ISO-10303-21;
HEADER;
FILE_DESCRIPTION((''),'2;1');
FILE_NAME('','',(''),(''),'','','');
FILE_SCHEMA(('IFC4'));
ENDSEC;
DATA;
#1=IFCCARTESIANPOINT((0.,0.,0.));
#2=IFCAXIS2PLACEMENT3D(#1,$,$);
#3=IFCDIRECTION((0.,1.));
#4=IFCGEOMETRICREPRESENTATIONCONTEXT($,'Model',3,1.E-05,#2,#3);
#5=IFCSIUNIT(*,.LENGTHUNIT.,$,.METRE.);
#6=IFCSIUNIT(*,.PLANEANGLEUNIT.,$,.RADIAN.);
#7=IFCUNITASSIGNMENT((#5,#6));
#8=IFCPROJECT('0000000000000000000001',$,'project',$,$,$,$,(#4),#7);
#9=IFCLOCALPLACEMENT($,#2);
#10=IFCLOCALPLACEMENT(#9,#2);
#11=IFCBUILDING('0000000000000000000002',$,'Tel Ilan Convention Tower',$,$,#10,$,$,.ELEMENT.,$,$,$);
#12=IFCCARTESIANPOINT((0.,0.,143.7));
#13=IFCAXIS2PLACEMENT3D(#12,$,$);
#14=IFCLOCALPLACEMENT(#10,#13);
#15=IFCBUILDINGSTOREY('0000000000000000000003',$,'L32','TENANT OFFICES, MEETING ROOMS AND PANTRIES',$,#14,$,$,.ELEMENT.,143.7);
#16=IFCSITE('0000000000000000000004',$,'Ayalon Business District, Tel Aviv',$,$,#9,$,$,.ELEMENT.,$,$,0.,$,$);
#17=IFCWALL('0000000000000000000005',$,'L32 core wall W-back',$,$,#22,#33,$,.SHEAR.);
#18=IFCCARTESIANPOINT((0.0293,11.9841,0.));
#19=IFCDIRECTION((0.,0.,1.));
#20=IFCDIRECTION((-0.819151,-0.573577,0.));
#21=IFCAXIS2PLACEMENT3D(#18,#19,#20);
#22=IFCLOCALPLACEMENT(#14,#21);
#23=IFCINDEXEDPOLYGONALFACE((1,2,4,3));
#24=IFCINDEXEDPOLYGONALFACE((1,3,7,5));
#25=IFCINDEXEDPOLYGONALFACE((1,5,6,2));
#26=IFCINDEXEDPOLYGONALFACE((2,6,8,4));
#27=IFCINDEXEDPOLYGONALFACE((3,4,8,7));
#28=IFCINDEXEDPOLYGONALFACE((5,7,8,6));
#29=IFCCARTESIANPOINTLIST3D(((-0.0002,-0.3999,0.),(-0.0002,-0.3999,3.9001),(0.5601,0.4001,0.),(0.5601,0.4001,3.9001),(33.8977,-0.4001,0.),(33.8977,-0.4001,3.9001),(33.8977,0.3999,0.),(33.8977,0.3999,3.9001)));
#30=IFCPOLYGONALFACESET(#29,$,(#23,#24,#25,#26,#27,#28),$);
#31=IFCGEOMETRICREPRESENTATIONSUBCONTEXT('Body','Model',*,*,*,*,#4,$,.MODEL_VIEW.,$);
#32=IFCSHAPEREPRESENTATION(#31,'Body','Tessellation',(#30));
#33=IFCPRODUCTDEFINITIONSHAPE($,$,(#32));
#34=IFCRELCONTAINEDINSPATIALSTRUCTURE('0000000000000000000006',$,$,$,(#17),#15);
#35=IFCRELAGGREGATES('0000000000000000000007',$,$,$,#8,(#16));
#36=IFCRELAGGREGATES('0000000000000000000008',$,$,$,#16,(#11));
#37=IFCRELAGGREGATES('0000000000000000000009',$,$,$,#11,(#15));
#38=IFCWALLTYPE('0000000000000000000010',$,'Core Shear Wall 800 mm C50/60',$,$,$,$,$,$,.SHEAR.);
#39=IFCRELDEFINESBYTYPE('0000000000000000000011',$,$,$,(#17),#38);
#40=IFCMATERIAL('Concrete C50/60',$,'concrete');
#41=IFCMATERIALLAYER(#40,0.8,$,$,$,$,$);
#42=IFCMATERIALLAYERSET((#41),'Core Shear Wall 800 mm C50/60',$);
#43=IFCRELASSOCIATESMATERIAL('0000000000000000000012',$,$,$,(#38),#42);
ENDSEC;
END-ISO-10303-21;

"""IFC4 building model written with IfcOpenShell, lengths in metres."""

from ifc_helpers import new_model, si_unit, direction, frame, origin, place, context, subcontext, project, spatial, polyline, outline, extrude, material, layer, layer_set, type_object, element, save


model = new_model("IFC4")

# Units and contexts
model_context = context("Model", 3, precision=1e-05, world=origin(), true_north=direction((0.0, 1.0)))
body_context = subcontext(model_context, "Body", "Model", "MODEL_VIEW")
ifc_project = project(units=[si_unit("LENGTHUNIT", "METRE"), si_unit("PLANEANGLEUNIT", "RADIAN")], contexts=[model_context])

# Site, building, storey
site_placement = place(None, origin())
site = spatial("IfcSite", under=ifc_project, at=site_placement, Name="Ayalon Business District, Tel Aviv", CompositionType="ELEMENT", RefElevation=0.0)
building_placement = place(site_placement, origin())
building = spatial("IfcBuilding", under=site, at=building_placement, Name="Tel Ilan Convention Tower", CompositionType="ELEMENT")
storey_placement = place(building_placement, frame((0.0, 0.0, 143.7)))
storey = spatial("IfcBuildingStorey", under=building, at=storey_placement, Name="L32", Description="TENANT OFFICES, MEETING ROOMS AND PANTRIES", CompositionType="ELEMENT", Elevation=143.7)

# Wall
ifc_material_1 = material(Name="Concrete C50/60", Category="concrete")
ifc_layer_1 = layer(ifc_material_1, 0.8)
ifc_layer_set_1 = layer_set([ifc_layer_1], Name="Core Shear Wall 800 mm C50/60")
wall_type_1 = type_object("IfcWallType", Name="Core Shear Wall 800 mm C50/60", PredefinedType="SHEAR", material=ifc_layer_set_1)
wall_1_placement = place(storey_placement, frame((0.0293, 11.9841, 0.0), z_axis=(0.0, 0.0, 1.0), x_axis=(-0.819151, -0.573577, 0.0)))
element("IfcWall", 1, at=wall_1_placement, inside=storey, type_object=wall_type_1, Name="L32 core wall W-back", PredefinedType="SHEAR", context=body_context, shape_type="SweptSolid", body=[
    extrude(outline(polyline([(33.8977, 0.3999), (0.5601, 0.4001), (-0.0002, -0.3999), (33.8977, -0.4001), (33.8977, 0.3999)])), origin(), (0.0, 0.0, 1.0), 3.9001),
])

save(model, "model.ifc")
